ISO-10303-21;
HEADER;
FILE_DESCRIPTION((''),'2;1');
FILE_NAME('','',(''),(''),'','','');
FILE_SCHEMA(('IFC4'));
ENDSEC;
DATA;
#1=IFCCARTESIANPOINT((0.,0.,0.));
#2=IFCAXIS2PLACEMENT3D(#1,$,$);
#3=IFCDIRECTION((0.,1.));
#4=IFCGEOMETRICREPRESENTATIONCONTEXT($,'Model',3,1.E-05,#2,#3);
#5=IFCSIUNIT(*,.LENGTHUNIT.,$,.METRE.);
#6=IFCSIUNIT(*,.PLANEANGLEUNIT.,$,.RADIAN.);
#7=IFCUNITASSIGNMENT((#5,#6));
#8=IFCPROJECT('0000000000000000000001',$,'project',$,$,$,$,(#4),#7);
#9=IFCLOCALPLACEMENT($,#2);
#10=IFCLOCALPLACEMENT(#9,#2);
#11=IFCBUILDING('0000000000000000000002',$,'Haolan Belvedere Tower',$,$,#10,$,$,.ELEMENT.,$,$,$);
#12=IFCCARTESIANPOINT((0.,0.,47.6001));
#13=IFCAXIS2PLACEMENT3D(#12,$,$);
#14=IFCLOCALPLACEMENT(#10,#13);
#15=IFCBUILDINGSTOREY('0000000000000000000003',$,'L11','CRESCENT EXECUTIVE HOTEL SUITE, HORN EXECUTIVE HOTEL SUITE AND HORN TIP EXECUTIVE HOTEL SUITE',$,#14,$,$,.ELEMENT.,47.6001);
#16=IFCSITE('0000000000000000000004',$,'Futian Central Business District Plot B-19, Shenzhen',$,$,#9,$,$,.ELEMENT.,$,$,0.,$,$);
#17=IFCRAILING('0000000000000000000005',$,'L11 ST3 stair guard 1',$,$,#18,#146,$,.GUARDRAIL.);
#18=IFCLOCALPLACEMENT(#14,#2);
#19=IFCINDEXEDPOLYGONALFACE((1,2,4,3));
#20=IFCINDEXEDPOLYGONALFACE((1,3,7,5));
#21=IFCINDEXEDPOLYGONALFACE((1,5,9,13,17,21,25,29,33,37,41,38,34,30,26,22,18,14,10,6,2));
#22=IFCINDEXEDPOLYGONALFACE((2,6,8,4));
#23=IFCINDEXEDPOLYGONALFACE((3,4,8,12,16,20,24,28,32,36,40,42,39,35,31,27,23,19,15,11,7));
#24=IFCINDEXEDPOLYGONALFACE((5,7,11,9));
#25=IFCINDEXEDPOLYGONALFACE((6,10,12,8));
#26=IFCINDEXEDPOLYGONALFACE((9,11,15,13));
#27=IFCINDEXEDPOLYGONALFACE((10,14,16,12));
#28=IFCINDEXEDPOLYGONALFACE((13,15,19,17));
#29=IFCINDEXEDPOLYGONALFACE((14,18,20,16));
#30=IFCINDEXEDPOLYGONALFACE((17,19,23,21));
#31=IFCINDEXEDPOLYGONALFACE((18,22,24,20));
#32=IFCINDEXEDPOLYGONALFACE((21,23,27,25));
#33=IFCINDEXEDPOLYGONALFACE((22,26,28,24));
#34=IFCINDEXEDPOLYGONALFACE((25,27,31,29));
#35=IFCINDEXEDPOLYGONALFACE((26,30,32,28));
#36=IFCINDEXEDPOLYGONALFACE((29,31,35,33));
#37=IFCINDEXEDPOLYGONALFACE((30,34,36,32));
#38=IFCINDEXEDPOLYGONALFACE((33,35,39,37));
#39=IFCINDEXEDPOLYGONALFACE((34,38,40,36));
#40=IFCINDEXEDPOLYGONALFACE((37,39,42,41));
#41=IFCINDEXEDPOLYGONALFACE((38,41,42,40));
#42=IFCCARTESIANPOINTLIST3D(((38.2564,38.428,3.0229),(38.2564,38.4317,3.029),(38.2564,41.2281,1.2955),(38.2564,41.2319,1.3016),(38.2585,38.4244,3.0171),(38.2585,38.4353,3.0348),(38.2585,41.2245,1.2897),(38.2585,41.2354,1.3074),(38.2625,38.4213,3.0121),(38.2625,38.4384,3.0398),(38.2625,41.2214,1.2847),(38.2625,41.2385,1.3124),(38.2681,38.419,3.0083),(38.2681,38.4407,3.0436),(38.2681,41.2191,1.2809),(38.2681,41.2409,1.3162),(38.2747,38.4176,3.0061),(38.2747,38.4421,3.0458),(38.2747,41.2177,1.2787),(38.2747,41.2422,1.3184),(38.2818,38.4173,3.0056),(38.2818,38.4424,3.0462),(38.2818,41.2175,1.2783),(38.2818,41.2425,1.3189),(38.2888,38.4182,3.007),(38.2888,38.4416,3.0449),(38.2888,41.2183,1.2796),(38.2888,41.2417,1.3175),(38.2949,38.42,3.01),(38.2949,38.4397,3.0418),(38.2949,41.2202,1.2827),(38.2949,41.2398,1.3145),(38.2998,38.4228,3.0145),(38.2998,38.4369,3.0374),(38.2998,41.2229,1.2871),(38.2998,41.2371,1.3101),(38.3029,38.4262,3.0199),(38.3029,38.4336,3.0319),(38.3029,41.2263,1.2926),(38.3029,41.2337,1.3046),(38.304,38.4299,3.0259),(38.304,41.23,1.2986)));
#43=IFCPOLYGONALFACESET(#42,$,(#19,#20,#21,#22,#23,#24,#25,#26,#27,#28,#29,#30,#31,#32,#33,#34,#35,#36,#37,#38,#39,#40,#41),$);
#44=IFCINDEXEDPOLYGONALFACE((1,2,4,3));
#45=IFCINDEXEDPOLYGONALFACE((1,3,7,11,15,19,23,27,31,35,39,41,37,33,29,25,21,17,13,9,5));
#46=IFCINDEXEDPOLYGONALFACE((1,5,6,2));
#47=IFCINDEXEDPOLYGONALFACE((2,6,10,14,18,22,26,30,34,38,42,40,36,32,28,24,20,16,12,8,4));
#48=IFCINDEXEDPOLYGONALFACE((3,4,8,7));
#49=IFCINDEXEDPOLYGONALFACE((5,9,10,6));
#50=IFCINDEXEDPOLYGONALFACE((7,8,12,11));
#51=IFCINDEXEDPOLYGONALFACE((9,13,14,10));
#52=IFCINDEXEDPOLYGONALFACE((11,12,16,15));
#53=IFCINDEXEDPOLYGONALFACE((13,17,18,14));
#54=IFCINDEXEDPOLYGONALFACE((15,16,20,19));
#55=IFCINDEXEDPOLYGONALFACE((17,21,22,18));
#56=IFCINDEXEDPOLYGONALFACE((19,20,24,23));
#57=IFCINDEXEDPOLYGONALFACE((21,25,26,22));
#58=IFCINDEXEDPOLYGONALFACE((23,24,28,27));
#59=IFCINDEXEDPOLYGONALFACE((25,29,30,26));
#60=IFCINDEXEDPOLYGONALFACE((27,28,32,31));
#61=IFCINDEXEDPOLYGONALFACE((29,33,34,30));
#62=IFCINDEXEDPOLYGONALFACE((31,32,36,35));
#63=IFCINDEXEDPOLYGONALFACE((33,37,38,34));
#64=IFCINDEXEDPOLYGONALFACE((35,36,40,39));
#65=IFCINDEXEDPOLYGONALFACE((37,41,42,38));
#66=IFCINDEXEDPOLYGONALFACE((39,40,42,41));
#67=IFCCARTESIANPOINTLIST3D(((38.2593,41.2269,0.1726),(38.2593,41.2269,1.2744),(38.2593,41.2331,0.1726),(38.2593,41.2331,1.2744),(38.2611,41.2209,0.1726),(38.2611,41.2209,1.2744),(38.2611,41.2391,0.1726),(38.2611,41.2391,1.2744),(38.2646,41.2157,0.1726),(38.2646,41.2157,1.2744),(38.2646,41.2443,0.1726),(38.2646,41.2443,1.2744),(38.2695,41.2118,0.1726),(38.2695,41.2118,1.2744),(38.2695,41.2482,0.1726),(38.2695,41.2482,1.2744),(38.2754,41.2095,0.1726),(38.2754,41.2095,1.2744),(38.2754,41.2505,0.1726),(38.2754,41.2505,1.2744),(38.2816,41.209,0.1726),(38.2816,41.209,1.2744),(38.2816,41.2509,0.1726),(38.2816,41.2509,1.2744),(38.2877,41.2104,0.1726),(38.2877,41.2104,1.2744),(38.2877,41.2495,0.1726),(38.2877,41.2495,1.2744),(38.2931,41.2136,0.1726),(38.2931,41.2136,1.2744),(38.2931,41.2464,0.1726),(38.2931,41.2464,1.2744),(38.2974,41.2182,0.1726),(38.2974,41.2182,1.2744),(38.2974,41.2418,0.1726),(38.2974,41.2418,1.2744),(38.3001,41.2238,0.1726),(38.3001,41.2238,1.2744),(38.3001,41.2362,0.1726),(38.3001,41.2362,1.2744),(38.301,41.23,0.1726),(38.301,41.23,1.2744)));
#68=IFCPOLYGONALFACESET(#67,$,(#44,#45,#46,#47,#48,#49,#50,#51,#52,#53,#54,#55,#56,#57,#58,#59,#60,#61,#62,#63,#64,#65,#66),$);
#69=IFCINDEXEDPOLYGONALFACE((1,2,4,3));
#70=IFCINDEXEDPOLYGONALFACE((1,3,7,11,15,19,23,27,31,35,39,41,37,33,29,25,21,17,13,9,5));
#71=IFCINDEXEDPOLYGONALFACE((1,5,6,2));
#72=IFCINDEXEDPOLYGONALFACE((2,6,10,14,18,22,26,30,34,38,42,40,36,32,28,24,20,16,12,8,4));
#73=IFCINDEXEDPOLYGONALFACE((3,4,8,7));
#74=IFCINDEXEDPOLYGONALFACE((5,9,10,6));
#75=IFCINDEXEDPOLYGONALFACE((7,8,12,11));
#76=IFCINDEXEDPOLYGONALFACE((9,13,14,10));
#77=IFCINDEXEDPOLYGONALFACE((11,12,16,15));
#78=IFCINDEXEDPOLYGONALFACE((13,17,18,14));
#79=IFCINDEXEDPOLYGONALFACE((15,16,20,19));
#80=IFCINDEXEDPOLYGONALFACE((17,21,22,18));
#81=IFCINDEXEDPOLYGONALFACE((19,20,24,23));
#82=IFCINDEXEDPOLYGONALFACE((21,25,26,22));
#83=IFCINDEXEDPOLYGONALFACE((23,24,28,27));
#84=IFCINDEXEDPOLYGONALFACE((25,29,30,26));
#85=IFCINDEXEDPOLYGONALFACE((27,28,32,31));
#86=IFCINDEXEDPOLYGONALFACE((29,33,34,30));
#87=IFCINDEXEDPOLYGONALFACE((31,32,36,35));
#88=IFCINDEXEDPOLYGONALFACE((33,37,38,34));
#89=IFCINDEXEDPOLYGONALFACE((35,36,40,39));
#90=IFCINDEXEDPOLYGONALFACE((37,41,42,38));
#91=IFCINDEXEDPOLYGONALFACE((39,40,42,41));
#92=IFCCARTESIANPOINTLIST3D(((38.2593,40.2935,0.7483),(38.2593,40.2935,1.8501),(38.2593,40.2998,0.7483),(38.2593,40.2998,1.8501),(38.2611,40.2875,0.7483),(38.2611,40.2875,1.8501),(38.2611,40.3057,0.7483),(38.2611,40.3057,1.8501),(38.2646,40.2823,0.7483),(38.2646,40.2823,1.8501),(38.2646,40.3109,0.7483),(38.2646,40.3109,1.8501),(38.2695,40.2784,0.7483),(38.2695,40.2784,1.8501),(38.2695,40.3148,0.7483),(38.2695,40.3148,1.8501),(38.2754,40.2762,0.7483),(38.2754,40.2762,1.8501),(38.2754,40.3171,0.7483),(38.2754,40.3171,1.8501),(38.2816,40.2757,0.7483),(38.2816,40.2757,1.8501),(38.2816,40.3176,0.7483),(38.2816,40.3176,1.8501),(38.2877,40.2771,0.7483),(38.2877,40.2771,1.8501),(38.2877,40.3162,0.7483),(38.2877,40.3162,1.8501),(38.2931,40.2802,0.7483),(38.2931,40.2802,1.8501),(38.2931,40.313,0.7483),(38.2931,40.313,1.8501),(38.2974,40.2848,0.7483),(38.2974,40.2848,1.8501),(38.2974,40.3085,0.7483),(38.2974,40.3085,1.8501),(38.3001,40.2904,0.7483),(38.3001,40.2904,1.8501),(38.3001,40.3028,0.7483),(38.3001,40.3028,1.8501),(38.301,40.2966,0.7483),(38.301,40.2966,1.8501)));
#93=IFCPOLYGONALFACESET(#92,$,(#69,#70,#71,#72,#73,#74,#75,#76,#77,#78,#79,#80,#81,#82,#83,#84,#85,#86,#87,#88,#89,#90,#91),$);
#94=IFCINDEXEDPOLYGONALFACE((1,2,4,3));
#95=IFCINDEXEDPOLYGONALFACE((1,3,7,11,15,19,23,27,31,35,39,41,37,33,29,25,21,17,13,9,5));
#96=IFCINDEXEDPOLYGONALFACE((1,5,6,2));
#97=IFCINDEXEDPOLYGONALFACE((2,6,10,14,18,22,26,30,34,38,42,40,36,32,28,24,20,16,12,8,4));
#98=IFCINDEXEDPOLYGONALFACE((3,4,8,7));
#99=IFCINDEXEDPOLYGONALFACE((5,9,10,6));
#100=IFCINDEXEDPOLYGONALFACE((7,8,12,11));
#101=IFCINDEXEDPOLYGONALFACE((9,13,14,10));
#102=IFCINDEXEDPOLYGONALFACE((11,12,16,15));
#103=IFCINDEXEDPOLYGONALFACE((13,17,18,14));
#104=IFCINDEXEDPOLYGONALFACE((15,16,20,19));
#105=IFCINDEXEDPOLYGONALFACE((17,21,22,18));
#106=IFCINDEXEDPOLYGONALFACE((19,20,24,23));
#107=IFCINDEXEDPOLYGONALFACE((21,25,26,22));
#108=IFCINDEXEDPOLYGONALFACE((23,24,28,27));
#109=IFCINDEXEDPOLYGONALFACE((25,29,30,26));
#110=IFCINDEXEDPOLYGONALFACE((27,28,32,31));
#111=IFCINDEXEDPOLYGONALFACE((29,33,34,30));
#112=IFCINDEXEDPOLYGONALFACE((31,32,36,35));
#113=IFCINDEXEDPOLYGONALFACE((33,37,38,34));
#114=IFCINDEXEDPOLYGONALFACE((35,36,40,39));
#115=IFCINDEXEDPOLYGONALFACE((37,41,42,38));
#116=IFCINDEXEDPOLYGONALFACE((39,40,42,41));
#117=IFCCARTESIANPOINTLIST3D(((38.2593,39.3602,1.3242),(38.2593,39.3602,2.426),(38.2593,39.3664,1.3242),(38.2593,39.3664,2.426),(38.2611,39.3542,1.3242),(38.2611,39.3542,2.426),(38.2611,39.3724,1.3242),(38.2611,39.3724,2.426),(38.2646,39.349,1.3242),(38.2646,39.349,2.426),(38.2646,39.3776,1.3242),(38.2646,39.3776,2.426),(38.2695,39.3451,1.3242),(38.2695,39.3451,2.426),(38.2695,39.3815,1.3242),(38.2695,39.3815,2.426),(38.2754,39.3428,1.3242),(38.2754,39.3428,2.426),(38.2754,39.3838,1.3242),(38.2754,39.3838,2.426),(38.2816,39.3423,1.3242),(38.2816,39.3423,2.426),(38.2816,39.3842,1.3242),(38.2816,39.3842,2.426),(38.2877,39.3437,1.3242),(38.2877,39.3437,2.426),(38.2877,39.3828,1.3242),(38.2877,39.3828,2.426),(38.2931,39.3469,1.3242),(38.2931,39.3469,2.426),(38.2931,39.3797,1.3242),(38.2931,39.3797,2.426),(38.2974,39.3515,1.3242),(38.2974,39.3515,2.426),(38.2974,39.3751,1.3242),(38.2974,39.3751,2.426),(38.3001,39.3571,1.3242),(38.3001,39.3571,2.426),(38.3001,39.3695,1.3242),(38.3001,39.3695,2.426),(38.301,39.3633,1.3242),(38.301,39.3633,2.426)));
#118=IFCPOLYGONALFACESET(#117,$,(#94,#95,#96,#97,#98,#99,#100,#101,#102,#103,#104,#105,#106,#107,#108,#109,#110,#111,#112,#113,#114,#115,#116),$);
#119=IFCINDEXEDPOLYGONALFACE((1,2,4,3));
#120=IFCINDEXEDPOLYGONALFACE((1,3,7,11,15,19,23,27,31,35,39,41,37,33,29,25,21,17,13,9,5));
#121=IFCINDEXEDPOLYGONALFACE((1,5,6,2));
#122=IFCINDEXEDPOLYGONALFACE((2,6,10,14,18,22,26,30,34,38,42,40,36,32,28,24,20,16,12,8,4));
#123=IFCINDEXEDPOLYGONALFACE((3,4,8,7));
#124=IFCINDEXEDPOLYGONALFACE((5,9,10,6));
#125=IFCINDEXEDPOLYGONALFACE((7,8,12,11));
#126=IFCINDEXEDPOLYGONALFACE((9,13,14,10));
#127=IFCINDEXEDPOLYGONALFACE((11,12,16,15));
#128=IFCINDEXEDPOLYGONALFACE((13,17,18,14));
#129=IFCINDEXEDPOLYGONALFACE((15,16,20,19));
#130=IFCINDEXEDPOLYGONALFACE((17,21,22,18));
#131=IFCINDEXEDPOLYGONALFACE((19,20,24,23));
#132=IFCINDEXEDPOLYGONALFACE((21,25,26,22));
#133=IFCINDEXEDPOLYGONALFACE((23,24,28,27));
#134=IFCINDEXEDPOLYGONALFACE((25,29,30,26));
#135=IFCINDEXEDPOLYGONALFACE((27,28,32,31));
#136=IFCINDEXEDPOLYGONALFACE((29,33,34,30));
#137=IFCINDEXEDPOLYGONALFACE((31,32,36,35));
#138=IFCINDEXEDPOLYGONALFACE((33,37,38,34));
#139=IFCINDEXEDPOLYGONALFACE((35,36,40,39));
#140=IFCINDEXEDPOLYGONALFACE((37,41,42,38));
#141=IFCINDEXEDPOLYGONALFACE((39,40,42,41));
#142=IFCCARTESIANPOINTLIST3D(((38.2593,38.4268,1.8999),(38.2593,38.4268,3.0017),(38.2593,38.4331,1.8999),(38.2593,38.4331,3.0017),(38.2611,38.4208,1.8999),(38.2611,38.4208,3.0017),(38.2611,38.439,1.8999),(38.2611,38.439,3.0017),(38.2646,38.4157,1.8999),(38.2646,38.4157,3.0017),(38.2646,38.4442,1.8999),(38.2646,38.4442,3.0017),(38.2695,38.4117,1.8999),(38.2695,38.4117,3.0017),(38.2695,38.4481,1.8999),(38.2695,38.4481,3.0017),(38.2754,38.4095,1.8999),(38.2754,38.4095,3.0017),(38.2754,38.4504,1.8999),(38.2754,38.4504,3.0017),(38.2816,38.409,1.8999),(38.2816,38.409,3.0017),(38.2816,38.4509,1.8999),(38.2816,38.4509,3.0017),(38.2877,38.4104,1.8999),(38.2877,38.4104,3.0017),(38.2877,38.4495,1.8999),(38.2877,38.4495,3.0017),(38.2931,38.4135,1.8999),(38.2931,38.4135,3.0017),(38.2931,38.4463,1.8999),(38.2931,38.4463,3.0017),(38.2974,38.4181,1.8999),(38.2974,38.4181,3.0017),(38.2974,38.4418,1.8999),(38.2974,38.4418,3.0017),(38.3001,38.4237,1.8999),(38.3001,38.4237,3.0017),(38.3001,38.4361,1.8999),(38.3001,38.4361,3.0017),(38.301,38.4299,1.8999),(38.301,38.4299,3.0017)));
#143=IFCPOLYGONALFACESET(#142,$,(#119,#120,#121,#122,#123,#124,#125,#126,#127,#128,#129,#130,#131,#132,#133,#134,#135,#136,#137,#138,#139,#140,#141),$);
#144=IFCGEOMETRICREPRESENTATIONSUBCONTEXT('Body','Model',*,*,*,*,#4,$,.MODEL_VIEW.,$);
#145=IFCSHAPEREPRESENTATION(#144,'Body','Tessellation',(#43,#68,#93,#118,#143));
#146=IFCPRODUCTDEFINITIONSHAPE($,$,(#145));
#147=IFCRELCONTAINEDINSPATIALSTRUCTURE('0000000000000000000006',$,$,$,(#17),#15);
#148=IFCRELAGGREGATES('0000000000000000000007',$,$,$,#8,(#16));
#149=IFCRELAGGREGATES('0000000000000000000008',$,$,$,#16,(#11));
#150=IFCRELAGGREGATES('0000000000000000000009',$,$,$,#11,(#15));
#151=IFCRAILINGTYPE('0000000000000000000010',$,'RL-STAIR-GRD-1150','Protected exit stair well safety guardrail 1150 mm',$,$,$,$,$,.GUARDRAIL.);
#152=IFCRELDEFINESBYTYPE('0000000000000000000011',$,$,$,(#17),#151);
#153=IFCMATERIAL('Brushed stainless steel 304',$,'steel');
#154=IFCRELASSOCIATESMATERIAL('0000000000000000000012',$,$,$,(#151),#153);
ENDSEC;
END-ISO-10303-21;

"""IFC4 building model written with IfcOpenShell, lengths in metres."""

from ifc_helpers import new_model, si_unit, direction, frame, origin, origin_2d, place, context, subcontext, project, spatial, circle, extrude, material, type_object, element, save


model = new_model("IFC4")

# Units and contexts
model_context = context("Model", 3, precision=1e-05, world=origin(), true_north=direction((0.0, 1.0)))
body_context = subcontext(model_context, "Body", "Model", "MODEL_VIEW")
ifc_project = project(units=[si_unit("LENGTHUNIT", "METRE"), si_unit("PLANEANGLEUNIT", "RADIAN")], contexts=[model_context])

# Site, building, storey
site_placement = place(None, origin())
site = spatial("IfcSite", under=ifc_project, at=site_placement, Name="Futian Central Business District Plot B-19, Shenzhen", CompositionType="ELEMENT", RefElevation=0.0)
building_placement = place(site_placement, origin())
building = spatial("IfcBuilding", under=site, at=building_placement, Name="Haolan Belvedere Tower", CompositionType="ELEMENT")
storey_placement = place(building_placement, frame((0.0, 0.0, 47.6001)))
storey = spatial("IfcBuildingStorey", under=building, at=storey_placement, Name="L11", Description="CRESCENT EXECUTIVE HOTEL SUITE, HORN EXECUTIVE HOTEL SUITE AND HORN TIP EXECUTIVE HOTEL SUITE", CompositionType="ELEMENT", Elevation=47.6001)

# Railing
ifc_material_1 = material(Name="Brushed stainless steel 304", Category="steel")
railing_type_1 = type_object("IfcRailingType", Name="RL-STAIR-GRD-1150", Description="Protected exit stair well safety guardrail 1150 mm", PredefinedType="GUARDRAIL", material=ifc_material_1)
railing_1_placement = place(storey_placement, frame((38.28, 41.23, 0.1726)))
element("IfcRailing", 1, at=railing_1_placement, inside=storey, type_object=railing_type_1, Name="L11 ST3 stair guard 1", PredefinedType="GUARDRAIL", context=body_context, shape_type="SweptSolid", body=[
    extrude(circle(Radius=0.0239, at=origin_2d()), frame((0.0, 0.0, 1.126), z_axis=(0.0, -0.85109, 0.52502), x_axis=(1.0, 0.0, 0.0)), (0.0, 0.0, 1.0), 3.29),
    extrude(circle(Radius=0.021, at=origin_2d()), origin(), (0.0, 0.0, 1.0), 1.1018),
    extrude(circle(Radius=0.021, at=origin_2d()), frame((0.0, -0.9333, 0.5757)), (0.0, 0.0, 1.0), 1.1018),
    extrude(circle(Radius=0.021, at=origin_2d()), frame((0.0, -1.8667, 1.1516)), (0.0, 0.0, 1.0), 1.1018),
    extrude(circle(Radius=0.021, at=origin_2d()), frame((0.0, -2.8, 1.7273)), (0.0, 0.0, 1.0), 1.1018),
])

save(model, "model.ifc")
